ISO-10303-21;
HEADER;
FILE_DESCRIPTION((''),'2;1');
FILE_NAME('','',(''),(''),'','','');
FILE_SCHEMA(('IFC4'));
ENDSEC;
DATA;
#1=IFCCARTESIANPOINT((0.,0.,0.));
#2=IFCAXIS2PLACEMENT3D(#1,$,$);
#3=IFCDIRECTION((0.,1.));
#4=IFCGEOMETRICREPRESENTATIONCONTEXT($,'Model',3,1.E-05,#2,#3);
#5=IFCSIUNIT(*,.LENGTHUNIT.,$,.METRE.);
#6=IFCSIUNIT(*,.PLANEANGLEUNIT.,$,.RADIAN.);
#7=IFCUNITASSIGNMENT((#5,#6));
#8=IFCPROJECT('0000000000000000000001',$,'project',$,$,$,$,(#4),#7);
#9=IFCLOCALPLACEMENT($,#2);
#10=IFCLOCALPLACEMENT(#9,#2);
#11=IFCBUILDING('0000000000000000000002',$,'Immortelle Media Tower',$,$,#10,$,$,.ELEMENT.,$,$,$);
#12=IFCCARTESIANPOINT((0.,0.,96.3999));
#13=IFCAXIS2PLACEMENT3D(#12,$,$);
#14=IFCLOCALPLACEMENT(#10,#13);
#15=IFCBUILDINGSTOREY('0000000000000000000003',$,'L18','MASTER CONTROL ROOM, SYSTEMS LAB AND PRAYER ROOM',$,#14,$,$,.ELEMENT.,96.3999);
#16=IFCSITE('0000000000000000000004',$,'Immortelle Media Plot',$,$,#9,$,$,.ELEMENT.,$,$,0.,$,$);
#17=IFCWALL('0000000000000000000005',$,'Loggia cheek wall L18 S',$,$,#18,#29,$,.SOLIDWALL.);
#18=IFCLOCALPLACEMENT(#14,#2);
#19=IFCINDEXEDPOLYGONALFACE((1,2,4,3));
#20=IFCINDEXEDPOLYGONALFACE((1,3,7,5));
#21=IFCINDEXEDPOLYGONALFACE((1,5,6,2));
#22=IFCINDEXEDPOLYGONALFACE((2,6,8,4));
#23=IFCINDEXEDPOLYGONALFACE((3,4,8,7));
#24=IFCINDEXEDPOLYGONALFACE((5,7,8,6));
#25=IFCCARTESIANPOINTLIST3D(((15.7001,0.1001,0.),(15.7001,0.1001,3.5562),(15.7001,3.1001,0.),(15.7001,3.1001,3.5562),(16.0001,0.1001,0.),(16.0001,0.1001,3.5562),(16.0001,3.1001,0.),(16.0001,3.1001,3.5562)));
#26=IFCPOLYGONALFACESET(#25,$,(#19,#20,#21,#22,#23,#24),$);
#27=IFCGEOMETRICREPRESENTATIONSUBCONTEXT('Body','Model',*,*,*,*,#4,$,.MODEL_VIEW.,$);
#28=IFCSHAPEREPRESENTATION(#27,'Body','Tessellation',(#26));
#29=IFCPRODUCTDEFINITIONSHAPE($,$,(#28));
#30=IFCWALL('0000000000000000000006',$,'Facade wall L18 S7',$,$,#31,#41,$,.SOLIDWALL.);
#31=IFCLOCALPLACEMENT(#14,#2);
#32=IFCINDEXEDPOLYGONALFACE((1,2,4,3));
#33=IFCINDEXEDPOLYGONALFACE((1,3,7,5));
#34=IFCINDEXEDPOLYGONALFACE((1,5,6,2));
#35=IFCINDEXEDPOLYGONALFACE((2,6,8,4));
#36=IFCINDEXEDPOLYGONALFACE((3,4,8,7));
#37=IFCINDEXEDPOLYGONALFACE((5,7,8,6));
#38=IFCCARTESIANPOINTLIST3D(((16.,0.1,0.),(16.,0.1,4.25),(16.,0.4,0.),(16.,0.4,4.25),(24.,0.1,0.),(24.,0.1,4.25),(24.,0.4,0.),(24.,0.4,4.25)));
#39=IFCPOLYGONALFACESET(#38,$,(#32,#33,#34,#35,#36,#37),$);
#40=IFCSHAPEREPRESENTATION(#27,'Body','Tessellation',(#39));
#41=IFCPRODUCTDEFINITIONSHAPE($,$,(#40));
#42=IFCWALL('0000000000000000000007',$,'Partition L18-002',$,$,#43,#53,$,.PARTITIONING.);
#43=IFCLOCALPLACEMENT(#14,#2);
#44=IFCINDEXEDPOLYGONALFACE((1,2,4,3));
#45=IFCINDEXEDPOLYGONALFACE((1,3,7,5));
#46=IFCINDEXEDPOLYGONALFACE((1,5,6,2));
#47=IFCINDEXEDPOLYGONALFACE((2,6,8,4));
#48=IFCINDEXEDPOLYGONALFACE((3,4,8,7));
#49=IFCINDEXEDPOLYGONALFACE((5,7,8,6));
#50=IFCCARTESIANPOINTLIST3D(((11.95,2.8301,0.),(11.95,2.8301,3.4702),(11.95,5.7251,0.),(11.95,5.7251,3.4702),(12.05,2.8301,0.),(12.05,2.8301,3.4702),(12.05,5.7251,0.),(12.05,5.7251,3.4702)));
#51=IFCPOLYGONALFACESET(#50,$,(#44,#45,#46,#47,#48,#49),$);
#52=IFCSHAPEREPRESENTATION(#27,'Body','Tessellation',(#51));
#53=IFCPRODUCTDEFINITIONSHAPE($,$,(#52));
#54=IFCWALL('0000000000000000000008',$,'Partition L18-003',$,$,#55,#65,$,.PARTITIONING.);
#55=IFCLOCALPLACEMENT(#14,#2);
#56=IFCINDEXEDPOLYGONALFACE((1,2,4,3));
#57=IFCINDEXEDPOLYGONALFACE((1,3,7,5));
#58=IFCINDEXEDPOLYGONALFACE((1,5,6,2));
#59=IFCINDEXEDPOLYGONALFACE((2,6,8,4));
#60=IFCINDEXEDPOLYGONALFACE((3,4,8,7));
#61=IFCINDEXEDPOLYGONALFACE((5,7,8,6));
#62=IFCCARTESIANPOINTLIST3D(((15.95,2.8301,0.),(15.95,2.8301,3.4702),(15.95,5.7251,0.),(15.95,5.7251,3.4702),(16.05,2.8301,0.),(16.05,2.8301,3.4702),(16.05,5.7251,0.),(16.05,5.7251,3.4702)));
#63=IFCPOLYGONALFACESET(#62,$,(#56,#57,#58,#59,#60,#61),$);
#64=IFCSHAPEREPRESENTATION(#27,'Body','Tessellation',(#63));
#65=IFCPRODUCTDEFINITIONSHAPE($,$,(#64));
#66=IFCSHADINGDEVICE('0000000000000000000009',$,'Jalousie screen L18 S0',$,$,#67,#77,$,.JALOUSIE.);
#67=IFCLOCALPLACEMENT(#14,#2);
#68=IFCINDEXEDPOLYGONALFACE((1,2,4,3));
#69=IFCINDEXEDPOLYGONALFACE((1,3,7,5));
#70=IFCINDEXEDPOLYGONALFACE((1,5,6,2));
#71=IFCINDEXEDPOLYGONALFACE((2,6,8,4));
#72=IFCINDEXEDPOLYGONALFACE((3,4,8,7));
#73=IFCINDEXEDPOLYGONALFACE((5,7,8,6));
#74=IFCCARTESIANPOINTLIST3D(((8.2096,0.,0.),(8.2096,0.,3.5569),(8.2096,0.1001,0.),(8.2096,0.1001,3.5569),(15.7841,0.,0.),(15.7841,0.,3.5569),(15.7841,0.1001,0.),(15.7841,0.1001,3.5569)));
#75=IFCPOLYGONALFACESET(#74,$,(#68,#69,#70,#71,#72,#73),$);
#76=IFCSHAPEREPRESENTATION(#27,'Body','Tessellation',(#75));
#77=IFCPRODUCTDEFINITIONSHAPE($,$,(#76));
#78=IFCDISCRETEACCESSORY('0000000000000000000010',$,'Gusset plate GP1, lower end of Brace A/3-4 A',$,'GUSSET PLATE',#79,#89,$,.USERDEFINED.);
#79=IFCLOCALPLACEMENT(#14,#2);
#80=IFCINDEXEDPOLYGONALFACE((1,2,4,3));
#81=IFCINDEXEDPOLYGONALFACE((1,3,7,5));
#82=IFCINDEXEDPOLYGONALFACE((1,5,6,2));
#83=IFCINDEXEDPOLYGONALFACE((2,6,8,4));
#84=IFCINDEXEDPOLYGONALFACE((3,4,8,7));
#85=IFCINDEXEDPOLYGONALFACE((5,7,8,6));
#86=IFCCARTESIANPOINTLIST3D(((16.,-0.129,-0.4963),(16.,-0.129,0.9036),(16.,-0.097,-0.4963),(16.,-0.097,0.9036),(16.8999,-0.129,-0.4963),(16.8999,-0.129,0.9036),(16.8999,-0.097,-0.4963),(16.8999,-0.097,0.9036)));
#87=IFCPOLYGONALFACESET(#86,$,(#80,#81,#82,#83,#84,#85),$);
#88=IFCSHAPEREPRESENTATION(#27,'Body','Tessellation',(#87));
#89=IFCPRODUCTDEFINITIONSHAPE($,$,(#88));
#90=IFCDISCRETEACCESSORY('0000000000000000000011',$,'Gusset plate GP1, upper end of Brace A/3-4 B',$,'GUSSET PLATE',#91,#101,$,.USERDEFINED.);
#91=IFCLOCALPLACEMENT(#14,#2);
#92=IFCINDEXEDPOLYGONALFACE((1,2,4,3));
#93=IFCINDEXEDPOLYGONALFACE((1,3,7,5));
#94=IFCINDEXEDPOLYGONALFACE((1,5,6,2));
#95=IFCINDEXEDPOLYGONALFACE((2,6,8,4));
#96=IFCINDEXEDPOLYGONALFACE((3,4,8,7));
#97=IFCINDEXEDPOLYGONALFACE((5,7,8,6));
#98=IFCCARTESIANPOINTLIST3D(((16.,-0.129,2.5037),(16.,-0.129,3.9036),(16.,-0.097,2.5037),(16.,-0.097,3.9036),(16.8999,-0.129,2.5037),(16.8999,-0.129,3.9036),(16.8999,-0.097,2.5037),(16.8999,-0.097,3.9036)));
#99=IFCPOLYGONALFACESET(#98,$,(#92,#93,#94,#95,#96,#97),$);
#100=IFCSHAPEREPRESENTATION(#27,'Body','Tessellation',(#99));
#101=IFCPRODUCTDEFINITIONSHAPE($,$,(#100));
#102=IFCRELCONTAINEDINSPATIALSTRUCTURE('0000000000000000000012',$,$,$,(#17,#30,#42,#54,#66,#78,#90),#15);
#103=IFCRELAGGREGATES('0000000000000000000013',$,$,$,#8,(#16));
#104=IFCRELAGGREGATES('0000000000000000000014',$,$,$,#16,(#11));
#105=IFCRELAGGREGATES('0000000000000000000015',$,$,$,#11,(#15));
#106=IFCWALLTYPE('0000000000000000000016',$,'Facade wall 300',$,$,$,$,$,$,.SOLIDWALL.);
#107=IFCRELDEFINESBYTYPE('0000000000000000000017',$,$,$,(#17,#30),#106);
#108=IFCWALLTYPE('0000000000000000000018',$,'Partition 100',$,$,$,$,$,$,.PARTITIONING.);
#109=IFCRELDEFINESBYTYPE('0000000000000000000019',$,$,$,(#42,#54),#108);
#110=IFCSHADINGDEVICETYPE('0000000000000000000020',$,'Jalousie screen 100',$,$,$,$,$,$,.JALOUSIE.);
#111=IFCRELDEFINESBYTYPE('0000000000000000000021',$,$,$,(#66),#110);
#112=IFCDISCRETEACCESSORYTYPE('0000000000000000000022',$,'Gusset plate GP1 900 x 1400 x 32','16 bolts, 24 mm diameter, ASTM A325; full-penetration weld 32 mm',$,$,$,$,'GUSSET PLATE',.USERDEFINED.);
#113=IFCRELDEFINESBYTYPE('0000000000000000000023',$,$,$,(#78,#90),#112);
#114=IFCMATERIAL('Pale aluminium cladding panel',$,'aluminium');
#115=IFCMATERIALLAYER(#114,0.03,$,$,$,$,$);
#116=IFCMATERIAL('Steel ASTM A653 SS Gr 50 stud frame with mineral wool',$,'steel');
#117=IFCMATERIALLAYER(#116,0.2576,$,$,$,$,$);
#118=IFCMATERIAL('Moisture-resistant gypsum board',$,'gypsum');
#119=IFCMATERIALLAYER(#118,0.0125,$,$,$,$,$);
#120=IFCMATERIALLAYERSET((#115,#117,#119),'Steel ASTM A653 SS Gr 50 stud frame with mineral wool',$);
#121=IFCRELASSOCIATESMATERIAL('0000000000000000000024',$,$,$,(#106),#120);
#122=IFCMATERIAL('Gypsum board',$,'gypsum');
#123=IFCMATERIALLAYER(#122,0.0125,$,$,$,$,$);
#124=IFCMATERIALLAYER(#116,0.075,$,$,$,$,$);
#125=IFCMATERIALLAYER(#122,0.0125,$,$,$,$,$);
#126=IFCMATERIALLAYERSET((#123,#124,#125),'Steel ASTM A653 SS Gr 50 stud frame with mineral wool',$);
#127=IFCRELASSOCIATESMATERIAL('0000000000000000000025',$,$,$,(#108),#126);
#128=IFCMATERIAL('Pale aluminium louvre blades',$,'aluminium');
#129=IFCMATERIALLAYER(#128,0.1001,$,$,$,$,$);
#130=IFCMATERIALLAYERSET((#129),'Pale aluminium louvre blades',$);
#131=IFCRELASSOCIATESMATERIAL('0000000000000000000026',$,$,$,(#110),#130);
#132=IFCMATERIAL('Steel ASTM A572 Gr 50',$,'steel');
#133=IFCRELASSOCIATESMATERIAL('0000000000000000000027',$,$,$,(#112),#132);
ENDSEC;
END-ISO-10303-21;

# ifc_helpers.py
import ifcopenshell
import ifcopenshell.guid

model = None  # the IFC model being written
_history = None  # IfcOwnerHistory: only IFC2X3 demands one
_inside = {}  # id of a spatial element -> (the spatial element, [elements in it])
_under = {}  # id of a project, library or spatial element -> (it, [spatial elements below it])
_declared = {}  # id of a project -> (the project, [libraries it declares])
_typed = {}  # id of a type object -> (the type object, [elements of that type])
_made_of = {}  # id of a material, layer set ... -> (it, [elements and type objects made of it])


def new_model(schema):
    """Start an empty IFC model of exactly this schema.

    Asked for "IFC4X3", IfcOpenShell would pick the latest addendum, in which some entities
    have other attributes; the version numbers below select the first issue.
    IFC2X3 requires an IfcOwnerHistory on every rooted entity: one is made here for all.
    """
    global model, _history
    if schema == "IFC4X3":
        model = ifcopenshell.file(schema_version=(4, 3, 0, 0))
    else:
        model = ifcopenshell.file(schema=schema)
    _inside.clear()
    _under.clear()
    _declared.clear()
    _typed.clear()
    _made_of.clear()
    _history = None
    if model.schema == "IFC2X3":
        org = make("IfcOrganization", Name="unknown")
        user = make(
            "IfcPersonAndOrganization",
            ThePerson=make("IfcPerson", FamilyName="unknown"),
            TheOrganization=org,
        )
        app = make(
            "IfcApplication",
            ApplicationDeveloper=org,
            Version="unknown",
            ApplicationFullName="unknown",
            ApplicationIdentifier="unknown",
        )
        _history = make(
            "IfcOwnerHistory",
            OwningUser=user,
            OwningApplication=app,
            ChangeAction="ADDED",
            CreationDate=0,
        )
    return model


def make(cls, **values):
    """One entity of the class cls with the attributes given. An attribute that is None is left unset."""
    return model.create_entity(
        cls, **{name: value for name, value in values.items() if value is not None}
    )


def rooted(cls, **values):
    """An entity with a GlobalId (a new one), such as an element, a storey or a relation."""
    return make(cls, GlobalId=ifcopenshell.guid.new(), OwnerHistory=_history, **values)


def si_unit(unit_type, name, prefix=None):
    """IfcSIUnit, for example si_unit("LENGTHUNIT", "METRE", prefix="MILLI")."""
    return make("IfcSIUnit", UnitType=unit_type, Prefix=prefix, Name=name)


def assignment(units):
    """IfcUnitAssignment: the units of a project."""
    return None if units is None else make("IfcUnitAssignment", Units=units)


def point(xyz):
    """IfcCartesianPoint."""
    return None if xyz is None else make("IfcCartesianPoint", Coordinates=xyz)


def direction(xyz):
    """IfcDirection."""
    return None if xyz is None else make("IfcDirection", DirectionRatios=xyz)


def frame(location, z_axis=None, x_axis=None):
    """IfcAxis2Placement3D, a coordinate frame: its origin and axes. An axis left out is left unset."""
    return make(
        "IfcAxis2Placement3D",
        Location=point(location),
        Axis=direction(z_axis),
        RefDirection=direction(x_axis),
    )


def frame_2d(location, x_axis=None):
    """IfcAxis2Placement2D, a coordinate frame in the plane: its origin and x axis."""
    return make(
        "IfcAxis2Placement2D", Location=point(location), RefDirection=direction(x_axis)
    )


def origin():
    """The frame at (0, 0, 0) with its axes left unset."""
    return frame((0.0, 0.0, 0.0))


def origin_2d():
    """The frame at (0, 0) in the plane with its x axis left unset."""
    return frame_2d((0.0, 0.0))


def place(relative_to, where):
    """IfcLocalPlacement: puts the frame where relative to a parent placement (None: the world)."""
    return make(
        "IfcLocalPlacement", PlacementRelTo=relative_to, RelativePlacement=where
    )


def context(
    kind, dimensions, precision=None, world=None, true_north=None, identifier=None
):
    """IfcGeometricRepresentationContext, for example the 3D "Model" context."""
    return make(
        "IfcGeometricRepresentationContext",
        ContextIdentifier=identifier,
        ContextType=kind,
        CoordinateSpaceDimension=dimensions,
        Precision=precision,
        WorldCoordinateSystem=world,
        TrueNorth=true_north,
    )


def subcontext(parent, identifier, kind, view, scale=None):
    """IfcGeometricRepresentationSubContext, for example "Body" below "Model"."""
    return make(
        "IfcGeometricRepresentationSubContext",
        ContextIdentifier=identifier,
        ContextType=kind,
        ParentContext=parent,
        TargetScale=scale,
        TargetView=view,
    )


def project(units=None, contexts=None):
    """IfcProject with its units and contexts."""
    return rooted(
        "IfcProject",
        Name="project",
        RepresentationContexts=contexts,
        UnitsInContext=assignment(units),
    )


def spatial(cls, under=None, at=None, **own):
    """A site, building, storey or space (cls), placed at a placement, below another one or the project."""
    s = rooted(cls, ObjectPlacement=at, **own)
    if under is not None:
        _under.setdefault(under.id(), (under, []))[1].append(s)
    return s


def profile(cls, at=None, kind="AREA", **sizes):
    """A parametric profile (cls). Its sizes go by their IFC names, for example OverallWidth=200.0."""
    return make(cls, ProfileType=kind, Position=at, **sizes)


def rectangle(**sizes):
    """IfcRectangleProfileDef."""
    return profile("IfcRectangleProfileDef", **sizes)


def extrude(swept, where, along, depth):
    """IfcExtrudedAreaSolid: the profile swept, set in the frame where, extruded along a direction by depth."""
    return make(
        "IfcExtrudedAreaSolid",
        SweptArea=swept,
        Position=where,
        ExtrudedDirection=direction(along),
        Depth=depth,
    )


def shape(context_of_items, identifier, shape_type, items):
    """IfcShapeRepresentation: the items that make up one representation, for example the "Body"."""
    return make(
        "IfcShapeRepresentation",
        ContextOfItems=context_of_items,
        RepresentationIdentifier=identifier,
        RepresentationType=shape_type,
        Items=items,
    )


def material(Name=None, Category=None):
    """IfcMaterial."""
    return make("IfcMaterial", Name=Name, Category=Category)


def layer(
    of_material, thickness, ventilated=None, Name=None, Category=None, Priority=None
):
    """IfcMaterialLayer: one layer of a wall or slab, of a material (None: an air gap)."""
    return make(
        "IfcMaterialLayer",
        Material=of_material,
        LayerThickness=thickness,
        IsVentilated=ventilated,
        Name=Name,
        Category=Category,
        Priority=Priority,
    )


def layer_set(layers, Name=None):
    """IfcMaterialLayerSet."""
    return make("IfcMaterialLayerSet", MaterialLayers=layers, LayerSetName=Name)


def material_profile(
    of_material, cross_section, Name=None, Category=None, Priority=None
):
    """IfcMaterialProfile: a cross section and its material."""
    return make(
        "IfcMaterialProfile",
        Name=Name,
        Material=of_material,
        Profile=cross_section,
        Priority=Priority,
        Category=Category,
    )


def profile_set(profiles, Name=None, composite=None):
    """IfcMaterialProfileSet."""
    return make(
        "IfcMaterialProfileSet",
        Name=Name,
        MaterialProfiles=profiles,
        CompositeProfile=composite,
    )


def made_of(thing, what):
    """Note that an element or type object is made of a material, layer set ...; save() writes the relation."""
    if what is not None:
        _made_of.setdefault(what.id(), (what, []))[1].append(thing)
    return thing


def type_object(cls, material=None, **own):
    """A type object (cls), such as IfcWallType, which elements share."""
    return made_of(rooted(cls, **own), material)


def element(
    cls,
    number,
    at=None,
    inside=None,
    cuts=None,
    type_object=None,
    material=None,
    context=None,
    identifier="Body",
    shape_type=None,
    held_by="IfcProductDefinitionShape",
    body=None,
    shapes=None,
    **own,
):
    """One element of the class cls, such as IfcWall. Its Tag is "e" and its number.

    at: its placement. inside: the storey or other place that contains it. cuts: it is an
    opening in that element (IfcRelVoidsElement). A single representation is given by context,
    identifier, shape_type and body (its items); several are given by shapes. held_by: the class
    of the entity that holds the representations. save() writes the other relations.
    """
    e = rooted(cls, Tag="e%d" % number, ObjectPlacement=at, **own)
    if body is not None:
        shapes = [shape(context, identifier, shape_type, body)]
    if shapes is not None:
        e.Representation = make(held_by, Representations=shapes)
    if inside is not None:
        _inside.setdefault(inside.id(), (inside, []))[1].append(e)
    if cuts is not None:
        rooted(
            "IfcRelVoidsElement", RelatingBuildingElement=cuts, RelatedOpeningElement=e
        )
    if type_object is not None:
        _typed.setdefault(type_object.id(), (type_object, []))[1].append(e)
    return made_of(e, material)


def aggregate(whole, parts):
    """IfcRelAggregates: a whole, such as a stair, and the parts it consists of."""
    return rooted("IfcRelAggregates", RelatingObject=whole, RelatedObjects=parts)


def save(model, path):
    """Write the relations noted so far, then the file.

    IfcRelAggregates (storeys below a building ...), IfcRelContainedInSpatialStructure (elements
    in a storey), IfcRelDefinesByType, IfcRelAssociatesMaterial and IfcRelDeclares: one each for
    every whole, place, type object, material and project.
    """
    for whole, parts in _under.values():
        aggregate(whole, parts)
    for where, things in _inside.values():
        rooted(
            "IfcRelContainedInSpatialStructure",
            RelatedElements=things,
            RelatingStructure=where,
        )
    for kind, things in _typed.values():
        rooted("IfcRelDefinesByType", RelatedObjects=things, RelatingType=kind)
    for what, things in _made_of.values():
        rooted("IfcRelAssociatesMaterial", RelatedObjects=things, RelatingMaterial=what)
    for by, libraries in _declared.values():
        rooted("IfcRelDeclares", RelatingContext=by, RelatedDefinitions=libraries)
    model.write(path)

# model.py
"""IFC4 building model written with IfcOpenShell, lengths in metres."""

from ifc_helpers import new_model, si_unit, direction, frame, frame_2d, origin, origin_2d, place, context, subcontext, project, spatial, rectangle, extrude, material, layer, layer_set, material_profile, profile_set, type_object, element, save


model = new_model("IFC4")

# Units and contexts
model_context = context("Model", 3, precision=1e-05, world=origin(), true_north=direction((0.0, 1.0)))
body_context = subcontext(model_context, "Body", "Model", "MODEL_VIEW")
ifc_project = project(units=[si_unit("LENGTHUNIT", "METRE"), si_unit("PLANEANGLEUNIT", "RADIAN")], contexts=[model_context])

# Site, building, storey
site_placement = place(None, origin())
site = spatial("IfcSite", under=ifc_project, at=site_placement, Name="Immortelle Media Plot", CompositionType="ELEMENT", RefElevation=0.0)
building_placement = place(site_placement, origin())
building = spatial("IfcBuilding", under=site, at=building_placement, Name="Immortelle Media Tower", CompositionType="ELEMENT")
storey_placement = place(building_placement, frame((0.0, 0.0, 96.3999)))
storey = spatial("IfcBuildingStorey", under=building, at=storey_placement, Name="L18", Description="MASTER CONTROL ROOM, SYSTEMS LAB AND PRAYER ROOM", CompositionType="ELEMENT", Elevation=96.3999)

# Walls
ifc_material_1 = material(Name="Pale aluminium cladding panel", Category="aluminium")
ifc_layer_1 = layer(ifc_material_1, 0.03)
ifc_material_2 = material(Name="Steel ASTM A653 SS Gr 50 stud frame with mineral wool", Category="steel")
ifc_layer_2 = layer(ifc_material_2, 0.2576)
ifc_material_3 = material(Name="Moisture-resistant gypsum board", Category="gypsum")
ifc_layer_3 = layer(ifc_material_3, 0.0125)
ifc_layer_set_1 = layer_set([ifc_layer_1, ifc_layer_2, ifc_layer_3], Name="Steel ASTM A653 SS Gr 50 stud frame with mineral wool")
wall_type_1 = type_object("IfcWallType", Name="Facade wall 300", PredefinedType="SOLIDWALL", material=ifc_layer_set_1)
wall_1_placement = place(storey_placement, frame((15.8501, 0.1001, 0.0), z_axis=(0.0, 0.0, 1.0), x_axis=(0.0, 1.0, 0.0)))
element("IfcWall", 1, at=wall_1_placement, inside=storey, type_object=wall_type_1, Name="Loggia cheek wall L18 S", PredefinedType="SOLIDWALL", context=body_context, shape_type="SweptSolid", body=[
    extrude(rectangle(XDim=3.0, YDim=0.3, at=frame_2d((1.5, 0.0))), origin(), (0.0, 0.0, 1.0), 3.5562),
])
wall_2_placement = place(storey_placement, frame((16.0, 0.25, 0.0), z_axis=(0.0, 0.0, 1.0), x_axis=(1.0, 0.0, 0.0)))
element("IfcWall", 2, at=wall_2_placement, inside=storey, type_object=wall_type_1, Name="Facade wall L18 S7", PredefinedType="SOLIDWALL", context=body_context, shape_type="SweptSolid", body=[
    extrude(rectangle(XDim=8.0, YDim=0.3, at=frame_2d((4.0, 0.0))), origin(), (0.0, 0.0, 1.0), 4.25),
])
ifc_material_4 = material(Name="Gypsum board", Category="gypsum")
ifc_layer_4 = layer(ifc_material_4, 0.0125)
ifc_layer_5 = layer(ifc_material_2, 0.075)
ifc_layer_6 = layer(ifc_material_4, 0.0125)
ifc_layer_set_2 = layer_set([ifc_layer_4, ifc_layer_5, ifc_layer_6], Name="Steel ASTM A653 SS Gr 50 stud frame with mineral wool")
wall_type_2 = type_object("IfcWallType", Name="Partition 100", PredefinedType="PARTITIONING", material=ifc_layer_set_2)
for number, where, z_axis, x_axis, name in (
    (3, (12.0, 2.8301, 0.0), (0.0, 0.0, 1.0), (0.0, 1.0, 0.0), "Partition L18-002"),
    (4, (16.0, 2.8301, 0.0), (0.0, 0.0, 1.0), (0.0, 1.0, 0.0), "Partition L18-003"),
):
    element("IfcWall", number, at=place(storey_placement, frame(where, z_axis=z_axis, x_axis=x_axis)), inside=storey, type_object=wall_type_2, Name=name, PredefinedType="PARTITIONING", context=body_context, shape_type="SweptSolid", body=[
        extrude(rectangle(XDim=2.895, YDim=0.1001, at=frame_2d((1.4475, 0.0))), origin(), (0.0, 0.0, 1.0), 3.4702),
    ])

# Shading device
ifc_material_5 = material(Name="Pale aluminium louvre blades", Category="aluminium")
ifc_layer_7 = layer(ifc_material_5, 0.1001)
ifc_layer_set_3 = layer_set([ifc_layer_7], Name="Pale aluminium louvre blades")
shading_device_type = type_object("IfcShadingDeviceType", Name="Jalousie screen 100", PredefinedType="JALOUSIE", material=ifc_layer_set_3)
shading_device_placement = place(storey_placement, frame((11.9968, 0.05, 0.0), z_axis=(0.0, 0.0, 1.0), x_axis=(1.0, 0.0, 0.0)))
element("IfcShadingDevice", 5, at=shading_device_placement, inside=storey, type_object=shading_device_type, Name="Jalousie screen L18 S0", PredefinedType="JALOUSIE", context=body_context, shape_type="SweptSolid", body=[
    extrude(rectangle(XDim=7.5745, YDim=0.1001, at=origin_2d()), origin(), (0.0, 0.0, 1.0), 3.5569),
])

# Discrete accessories
ifc_material_6 = material(Name="Steel ASTM A572 Gr 50", Category="steel")
ifc_material_profile_1 = material_profile(ifc_material_6, rectangle(XDim=0.032, YDim=1.3999, at=origin_2d()), Name="PL 32 x 1400")
ifc_profile_set_1 = profile_set([ifc_material_profile_1], Name="Steel ASTM A572 Gr 50")
discrete_accessory_type = type_object("IfcDiscreteAccessoryType", Name="Gusset plate GP1 900 x 1400 x 32", Description="16 bolts, 24 mm diameter, ASTM A325; full-penetration weld 32 mm", ElementType="GUSSET PLATE", PredefinedType="USERDEFINED", material=ifc_profile_set_1)
for number, where, z_axis, x_axis, name in (
    (6, (16.0, -0.113, 0.2036), (1.0, 0.0, 0.0), (0.0, 1.0, 0.0), "Gusset plate GP1, lower end of Brace A/3-4 A"),
    (7, (16.0, -0.113, 3.2036), (1.0, 0.0, 0.0), (0.0, 1.0, 0.0), "Gusset plate GP1, upper end of Brace A/3-4 B"),
):
    element("IfcDiscreteAccessory", number, at=place(storey_placement, frame(where, z_axis=z_axis, x_axis=x_axis)), inside=storey, type_object=discrete_accessory_type, Name=name, ObjectType="GUSSET PLATE", PredefinedType="USERDEFINED", context=body_context, shape_type="SweptSolid", body=[
        extrude(rectangle(XDim=0.032, YDim=1.3999, at=origin_2d()), origin(), (0.0, 0.0, 1.0), 0.8999),
    ])

save(model, "model.ifc")
